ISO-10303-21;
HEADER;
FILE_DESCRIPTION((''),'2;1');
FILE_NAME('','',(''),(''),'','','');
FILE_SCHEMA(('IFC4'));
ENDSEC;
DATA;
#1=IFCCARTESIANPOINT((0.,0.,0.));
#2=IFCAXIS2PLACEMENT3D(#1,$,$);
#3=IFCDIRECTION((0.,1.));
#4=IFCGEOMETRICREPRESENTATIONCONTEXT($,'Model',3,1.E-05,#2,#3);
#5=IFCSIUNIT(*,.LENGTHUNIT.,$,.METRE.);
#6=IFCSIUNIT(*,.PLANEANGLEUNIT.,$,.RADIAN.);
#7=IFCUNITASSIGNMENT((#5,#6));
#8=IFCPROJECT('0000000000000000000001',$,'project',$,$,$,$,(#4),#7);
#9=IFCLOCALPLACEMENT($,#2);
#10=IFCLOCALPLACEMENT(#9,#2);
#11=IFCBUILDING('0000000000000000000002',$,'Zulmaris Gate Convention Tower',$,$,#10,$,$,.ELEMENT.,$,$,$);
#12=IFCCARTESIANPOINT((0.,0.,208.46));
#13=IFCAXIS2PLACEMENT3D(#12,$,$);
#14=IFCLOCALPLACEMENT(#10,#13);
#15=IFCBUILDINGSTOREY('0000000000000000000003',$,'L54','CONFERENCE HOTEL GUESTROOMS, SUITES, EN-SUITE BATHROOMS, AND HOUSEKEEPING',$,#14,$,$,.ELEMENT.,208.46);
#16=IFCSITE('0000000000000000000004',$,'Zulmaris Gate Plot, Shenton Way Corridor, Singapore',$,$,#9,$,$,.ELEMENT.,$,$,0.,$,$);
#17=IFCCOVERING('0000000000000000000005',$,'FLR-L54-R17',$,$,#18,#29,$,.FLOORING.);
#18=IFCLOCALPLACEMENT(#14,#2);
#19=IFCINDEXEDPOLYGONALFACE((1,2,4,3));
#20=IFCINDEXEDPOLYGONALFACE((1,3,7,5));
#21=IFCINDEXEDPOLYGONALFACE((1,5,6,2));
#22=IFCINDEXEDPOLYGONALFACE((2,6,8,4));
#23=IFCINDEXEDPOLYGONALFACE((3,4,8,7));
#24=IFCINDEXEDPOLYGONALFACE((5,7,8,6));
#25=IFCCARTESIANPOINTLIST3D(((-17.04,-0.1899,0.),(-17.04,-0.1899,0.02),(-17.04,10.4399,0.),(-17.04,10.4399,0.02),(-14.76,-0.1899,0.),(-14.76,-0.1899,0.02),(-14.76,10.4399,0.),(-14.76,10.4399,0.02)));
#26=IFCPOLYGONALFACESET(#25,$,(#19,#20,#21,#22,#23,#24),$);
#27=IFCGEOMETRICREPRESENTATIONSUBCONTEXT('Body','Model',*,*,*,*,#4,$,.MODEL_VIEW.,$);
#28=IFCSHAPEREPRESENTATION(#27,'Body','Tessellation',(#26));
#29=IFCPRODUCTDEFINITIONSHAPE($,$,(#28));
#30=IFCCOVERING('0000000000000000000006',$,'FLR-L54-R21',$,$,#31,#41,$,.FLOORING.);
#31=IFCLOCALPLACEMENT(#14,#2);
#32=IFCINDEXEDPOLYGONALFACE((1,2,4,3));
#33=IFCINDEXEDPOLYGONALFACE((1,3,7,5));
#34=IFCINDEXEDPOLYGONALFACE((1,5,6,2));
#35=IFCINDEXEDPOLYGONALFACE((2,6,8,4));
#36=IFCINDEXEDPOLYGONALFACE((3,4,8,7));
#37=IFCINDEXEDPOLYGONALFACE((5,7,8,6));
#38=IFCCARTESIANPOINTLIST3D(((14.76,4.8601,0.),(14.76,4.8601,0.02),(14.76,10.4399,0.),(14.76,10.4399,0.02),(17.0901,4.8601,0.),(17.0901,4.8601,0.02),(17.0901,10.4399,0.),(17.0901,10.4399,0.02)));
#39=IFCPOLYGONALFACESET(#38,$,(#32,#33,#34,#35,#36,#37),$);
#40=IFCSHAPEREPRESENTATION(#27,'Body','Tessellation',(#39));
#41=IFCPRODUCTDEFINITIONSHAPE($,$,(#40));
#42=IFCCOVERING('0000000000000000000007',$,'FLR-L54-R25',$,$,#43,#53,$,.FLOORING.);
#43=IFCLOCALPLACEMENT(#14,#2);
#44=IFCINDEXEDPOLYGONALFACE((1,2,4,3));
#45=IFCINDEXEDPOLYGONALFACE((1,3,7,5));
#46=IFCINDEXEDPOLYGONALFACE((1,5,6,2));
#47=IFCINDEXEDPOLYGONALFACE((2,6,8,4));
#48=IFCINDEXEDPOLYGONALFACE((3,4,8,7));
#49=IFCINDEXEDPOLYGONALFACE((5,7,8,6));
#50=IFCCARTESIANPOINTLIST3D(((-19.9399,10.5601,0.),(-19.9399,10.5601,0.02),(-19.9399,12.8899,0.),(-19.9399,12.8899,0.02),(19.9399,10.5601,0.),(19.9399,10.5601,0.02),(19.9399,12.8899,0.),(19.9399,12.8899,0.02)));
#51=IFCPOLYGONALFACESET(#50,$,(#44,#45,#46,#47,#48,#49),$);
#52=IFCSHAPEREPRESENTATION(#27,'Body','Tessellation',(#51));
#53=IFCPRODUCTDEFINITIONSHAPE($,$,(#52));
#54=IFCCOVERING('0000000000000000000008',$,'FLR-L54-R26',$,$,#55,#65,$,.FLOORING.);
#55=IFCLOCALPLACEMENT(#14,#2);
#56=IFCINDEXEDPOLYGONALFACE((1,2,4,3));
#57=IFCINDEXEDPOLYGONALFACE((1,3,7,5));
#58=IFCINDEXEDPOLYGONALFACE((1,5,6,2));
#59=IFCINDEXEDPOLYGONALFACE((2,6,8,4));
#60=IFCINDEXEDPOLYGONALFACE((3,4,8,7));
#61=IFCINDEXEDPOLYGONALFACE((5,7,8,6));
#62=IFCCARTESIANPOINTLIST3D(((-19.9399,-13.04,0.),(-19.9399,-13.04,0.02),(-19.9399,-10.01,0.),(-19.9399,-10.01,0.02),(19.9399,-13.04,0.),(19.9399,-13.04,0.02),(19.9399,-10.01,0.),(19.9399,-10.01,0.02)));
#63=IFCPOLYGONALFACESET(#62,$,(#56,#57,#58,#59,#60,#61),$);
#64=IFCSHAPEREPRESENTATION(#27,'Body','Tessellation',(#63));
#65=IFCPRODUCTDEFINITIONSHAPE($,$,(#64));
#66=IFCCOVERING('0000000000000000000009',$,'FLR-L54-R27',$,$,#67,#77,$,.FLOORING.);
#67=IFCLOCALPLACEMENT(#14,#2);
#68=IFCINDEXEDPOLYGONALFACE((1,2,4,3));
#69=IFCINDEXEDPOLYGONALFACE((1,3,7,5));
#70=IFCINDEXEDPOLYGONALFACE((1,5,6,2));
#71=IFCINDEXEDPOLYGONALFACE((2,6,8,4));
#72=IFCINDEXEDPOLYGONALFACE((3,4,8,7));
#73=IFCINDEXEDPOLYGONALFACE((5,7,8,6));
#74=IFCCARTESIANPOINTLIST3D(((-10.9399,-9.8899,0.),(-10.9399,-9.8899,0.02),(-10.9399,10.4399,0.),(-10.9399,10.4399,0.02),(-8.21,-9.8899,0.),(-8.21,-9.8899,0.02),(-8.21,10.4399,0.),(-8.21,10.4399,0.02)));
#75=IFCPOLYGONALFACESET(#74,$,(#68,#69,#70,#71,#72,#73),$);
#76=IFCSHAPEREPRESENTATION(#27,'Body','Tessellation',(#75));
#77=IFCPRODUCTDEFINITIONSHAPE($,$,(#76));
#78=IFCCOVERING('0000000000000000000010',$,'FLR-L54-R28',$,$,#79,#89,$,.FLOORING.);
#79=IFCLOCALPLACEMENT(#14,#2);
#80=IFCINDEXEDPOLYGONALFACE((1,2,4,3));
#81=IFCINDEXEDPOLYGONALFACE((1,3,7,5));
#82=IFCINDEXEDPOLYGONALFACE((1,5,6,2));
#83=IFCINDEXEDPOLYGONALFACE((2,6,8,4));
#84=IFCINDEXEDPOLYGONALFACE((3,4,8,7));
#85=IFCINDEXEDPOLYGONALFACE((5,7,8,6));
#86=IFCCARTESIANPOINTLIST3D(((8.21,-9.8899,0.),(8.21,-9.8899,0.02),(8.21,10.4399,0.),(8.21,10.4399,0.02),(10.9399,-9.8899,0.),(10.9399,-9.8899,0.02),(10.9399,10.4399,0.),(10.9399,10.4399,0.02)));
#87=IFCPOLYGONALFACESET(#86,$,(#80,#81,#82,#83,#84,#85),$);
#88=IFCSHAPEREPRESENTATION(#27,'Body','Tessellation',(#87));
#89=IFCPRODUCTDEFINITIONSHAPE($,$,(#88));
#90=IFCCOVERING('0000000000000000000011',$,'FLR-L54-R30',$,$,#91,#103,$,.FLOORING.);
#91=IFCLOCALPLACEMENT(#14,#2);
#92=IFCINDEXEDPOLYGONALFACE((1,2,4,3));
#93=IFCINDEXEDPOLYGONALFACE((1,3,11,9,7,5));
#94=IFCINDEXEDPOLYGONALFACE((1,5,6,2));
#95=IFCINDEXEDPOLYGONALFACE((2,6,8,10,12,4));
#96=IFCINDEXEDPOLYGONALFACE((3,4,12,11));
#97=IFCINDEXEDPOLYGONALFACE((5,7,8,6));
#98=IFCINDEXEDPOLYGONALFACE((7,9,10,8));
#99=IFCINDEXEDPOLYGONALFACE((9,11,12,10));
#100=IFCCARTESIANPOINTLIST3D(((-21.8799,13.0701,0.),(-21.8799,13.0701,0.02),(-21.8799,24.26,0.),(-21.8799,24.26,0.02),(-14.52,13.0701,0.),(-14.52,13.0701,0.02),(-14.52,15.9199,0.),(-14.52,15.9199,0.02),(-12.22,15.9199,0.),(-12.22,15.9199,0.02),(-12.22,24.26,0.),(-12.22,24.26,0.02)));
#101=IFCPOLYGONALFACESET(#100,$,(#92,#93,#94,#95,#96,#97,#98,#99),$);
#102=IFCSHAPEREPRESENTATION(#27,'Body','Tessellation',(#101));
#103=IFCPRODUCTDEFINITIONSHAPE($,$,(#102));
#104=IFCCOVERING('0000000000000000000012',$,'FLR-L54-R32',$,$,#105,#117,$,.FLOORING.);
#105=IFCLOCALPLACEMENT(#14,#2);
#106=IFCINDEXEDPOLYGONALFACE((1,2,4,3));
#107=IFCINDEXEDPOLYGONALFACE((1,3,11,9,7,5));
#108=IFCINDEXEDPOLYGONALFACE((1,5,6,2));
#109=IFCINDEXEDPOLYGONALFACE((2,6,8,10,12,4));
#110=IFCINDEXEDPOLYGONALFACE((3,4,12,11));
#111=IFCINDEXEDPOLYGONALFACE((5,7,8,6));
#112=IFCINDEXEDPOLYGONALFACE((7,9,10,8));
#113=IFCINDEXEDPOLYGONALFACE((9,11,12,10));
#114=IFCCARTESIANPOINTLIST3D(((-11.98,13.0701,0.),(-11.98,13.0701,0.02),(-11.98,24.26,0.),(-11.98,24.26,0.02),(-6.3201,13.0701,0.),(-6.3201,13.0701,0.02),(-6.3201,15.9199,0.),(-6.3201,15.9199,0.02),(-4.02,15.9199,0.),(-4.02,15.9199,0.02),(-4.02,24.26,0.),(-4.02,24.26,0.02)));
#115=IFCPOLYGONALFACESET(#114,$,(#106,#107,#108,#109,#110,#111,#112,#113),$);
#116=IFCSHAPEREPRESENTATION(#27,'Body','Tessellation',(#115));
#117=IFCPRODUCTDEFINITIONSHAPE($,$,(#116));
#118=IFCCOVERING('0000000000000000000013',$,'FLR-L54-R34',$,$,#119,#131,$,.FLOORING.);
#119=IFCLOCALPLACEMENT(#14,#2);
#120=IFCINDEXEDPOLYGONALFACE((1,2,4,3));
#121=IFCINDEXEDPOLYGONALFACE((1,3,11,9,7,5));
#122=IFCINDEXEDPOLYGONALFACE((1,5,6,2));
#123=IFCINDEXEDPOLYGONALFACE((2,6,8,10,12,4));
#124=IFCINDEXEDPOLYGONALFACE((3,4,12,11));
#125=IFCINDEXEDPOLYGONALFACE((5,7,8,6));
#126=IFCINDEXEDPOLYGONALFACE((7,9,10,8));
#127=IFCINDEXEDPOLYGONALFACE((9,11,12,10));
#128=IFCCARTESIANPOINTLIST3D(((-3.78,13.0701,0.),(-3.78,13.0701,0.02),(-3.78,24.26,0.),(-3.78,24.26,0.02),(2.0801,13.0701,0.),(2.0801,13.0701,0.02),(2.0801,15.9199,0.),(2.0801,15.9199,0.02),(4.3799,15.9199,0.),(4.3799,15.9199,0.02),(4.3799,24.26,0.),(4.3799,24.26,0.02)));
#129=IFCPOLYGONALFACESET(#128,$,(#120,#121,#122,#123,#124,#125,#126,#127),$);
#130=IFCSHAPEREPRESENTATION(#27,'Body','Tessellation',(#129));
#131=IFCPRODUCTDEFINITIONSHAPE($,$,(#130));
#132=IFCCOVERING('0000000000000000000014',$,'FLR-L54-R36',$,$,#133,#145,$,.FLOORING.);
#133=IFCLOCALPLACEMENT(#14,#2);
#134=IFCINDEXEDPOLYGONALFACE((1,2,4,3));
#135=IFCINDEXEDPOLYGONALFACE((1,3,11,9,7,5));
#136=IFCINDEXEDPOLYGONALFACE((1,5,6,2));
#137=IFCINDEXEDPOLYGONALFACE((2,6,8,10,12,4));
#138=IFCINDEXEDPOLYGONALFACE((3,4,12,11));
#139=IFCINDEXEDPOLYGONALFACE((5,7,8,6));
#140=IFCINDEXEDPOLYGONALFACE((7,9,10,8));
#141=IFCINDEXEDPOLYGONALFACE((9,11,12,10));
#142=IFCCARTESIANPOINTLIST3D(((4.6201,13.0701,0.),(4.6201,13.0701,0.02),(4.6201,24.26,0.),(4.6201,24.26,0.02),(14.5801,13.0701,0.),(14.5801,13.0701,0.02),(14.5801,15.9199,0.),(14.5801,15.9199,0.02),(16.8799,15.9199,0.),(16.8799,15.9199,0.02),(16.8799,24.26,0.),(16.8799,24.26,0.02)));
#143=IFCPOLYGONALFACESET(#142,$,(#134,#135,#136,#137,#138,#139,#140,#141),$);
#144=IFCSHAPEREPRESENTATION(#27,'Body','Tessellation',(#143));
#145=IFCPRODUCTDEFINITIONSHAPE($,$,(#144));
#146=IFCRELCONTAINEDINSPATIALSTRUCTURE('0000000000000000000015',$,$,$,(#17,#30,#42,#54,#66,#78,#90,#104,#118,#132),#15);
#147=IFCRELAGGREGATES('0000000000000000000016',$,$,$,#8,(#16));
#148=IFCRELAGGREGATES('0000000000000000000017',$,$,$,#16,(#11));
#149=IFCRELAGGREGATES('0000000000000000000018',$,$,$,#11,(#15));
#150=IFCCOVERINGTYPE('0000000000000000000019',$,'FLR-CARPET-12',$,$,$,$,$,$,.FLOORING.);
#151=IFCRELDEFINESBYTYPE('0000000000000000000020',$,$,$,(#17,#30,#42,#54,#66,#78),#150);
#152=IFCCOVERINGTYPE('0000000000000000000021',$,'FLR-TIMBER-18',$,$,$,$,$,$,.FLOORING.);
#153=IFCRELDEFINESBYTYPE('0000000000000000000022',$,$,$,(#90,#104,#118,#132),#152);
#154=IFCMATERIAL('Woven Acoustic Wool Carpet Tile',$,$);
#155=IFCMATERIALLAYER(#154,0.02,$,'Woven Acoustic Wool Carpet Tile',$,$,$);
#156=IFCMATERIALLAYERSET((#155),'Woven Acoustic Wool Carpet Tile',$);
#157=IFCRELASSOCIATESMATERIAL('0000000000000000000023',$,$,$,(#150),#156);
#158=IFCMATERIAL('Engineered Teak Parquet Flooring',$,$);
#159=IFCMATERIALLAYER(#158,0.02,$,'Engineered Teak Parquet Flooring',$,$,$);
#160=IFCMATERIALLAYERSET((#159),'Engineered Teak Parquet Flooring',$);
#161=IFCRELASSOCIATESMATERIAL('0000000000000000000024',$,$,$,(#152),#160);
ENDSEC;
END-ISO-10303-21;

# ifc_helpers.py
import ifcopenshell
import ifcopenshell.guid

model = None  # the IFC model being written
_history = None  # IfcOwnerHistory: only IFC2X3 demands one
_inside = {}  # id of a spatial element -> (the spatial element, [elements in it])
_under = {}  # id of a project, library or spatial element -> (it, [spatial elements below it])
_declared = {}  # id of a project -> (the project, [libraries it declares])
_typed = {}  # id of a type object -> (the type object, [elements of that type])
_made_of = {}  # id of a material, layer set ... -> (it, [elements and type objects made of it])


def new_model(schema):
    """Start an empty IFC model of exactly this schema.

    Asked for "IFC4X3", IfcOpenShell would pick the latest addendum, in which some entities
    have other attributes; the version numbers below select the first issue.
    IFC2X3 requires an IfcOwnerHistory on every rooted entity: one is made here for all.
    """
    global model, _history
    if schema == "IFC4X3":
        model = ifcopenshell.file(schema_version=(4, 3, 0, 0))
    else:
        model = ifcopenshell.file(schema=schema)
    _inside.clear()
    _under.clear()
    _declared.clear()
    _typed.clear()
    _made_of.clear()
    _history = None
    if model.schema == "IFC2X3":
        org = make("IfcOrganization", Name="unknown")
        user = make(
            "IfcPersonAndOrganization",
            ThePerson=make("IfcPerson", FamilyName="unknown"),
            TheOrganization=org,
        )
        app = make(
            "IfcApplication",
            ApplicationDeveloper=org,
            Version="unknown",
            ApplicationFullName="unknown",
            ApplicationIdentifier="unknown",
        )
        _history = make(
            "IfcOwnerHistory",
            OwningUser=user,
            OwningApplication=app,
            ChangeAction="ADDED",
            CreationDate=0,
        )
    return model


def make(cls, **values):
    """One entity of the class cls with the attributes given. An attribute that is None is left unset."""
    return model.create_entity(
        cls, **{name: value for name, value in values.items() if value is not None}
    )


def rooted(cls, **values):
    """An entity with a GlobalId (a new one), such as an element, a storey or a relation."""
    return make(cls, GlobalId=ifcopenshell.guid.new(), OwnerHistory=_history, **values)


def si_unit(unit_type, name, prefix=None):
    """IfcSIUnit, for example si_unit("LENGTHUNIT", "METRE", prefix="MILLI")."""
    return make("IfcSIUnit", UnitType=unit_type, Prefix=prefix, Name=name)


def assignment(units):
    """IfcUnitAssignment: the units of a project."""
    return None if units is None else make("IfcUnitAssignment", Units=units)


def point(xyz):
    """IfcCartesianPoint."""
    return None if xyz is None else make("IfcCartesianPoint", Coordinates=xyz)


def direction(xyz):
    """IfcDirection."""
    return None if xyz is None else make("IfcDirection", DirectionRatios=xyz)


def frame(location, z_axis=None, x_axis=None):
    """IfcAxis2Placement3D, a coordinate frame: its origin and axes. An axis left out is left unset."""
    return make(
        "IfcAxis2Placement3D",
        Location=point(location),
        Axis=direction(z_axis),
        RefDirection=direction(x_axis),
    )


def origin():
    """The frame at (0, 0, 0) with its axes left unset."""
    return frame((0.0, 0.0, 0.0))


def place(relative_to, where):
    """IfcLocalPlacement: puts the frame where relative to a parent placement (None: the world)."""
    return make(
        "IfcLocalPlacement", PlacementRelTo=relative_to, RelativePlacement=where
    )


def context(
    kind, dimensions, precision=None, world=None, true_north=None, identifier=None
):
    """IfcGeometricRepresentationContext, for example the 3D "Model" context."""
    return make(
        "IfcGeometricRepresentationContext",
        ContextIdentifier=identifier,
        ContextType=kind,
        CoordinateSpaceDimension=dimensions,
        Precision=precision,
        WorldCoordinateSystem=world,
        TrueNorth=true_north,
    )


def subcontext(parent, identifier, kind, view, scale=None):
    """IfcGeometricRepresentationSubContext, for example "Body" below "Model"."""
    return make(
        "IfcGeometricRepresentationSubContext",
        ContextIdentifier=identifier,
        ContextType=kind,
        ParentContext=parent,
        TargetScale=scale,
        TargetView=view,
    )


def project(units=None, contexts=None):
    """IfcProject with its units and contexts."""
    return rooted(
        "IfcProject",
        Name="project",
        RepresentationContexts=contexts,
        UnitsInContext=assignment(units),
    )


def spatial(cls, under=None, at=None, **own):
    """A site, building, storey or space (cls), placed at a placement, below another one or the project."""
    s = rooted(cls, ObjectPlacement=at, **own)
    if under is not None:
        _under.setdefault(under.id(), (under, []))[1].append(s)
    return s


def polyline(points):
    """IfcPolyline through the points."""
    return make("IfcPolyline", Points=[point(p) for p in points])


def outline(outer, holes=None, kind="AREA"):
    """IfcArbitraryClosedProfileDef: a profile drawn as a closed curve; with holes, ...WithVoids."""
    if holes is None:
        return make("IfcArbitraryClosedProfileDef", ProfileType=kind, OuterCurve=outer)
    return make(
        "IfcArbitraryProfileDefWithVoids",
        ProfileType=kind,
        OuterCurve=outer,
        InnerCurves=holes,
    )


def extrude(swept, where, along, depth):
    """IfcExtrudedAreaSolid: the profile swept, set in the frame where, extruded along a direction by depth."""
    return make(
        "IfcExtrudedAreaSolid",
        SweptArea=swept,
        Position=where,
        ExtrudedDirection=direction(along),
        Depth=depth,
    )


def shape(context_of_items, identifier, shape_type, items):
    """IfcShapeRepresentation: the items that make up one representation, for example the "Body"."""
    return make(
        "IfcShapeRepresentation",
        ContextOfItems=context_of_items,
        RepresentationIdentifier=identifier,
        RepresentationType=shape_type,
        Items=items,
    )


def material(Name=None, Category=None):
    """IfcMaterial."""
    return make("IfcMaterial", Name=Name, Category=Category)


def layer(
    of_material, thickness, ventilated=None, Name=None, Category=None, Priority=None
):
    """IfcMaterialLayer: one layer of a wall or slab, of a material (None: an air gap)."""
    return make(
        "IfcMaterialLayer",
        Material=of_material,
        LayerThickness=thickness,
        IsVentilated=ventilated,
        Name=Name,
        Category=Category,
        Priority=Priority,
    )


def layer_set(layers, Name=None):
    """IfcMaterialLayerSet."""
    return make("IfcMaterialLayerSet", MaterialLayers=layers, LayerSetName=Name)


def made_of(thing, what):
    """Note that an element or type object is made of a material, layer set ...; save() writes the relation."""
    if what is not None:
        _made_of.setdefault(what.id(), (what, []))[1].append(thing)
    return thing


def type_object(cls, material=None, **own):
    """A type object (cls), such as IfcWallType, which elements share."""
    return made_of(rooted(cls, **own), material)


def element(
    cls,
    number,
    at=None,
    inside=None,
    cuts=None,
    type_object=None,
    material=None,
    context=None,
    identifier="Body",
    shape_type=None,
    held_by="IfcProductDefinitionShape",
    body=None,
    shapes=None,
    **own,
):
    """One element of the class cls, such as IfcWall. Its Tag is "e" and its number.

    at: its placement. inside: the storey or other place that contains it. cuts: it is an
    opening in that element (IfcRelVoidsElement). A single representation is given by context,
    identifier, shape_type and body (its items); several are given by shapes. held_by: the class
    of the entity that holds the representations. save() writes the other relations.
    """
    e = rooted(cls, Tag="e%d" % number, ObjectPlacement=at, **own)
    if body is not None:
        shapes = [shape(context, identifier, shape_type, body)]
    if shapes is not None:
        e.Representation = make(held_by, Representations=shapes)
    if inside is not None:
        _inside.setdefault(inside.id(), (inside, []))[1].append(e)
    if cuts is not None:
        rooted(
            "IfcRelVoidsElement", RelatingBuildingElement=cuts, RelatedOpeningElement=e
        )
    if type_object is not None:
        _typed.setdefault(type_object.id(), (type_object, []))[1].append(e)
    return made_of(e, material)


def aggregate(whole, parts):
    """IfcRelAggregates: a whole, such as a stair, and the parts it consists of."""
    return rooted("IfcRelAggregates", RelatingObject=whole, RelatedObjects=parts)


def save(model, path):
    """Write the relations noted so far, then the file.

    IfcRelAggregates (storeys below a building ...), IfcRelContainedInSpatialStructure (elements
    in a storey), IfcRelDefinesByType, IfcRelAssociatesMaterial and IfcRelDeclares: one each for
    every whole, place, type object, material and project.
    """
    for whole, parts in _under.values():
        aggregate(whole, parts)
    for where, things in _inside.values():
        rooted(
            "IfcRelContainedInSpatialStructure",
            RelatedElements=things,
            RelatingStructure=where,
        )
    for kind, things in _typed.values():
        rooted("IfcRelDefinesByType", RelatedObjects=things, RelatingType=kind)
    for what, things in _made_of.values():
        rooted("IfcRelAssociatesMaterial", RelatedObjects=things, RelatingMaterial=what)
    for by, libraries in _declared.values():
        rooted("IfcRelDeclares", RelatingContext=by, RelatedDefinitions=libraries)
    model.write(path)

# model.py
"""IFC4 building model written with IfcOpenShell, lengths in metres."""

from ifc_helpers import new_model, si_unit, direction, frame, origin, place, context, subcontext, project, spatial, polyline, outline, extrude, material, layer, layer_set, type_object, element, save


model = new_model("IFC4")

# Units and contexts
model_context = context("Model", 3, precision=1e-05, world=origin(), true_north=direction((0.0, 1.0)))
body_context = subcontext(model_context, "Body", "Model", "MODEL_VIEW")
ifc_project = project(units=[si_unit("LENGTHUNIT", "METRE"), si_unit("PLANEANGLEUNIT", "RADIAN")], contexts=[model_context])

# Site, building, storey
site_placement = place(None, origin())
site = spatial("IfcSite", under=ifc_project, at=site_placement, Name="Zulmaris Gate Plot, Shenton Way Corridor, Singapore", CompositionType="ELEMENT", RefElevation=0.0)
building_placement = place(site_placement, origin())
building = spatial("IfcBuilding", under=site, at=building_placement, Name="Zulmaris Gate Convention Tower", CompositionType="ELEMENT")
storey_placement = place(building_placement, frame((0.0, 0.0, 208.46)))
storey = spatial("IfcBuildingStorey", under=building, at=storey_placement, Name="L54", Description="CONFERENCE HOTEL GUESTROOMS, SUITES, EN-SUITE BATHROOMS, AND HOUSEKEEPING", CompositionType="ELEMENT", Elevation=208.46)

# Coverings
ifc_material_1 = material(Name="Woven Acoustic Wool Carpet Tile")
ifc_layer_1 = layer(ifc_material_1, 0.02, Name="Woven Acoustic Wool Carpet Tile")
ifc_layer_set_1 = layer_set([ifc_layer_1], Name="Woven Acoustic Wool Carpet Tile")
covering_type_1 = type_object("IfcCoveringType", Name="FLR-CARPET-12", PredefinedType="FLOORING", material=ifc_layer_set_1)
covering_1_placement = place(storey_placement, origin())
element("IfcCovering", 1, at=covering_1_placement, inside=storey, type_object=covering_type_1, Name="FLR-L54-R17", PredefinedType="FLOORING", context=body_context, shape_type="SweptSolid", body=[
    extrude(outline(polyline([(-17.04, -0.1899), (-14.76, -0.1899), (-14.76, 10.4399), (-17.04, 10.4399), (-17.04, -0.1899)])), origin(), (0.0, 0.0, 1.0), 0.02),
])
covering_2_placement = place(storey_placement, origin())
element("IfcCovering", 2, at=covering_2_placement, inside=storey, type_object=covering_type_1, Name="FLR-L54-R21", PredefinedType="FLOORING", context=body_context, shape_type="SweptSolid", body=[
    extrude(outline(polyline([(14.76, 4.8601), (17.0901, 4.8601), (17.0901, 10.4399), (14.76, 10.4399), (14.76, 4.8601)])), origin(), (0.0, 0.0, 1.0), 0.02),
])
covering_3_placement = place(storey_placement, origin())
element("IfcCovering", 3, at=covering_3_placement, inside=storey, type_object=covering_type_1, Name="FLR-L54-R25", PredefinedType="FLOORING", context=body_context, shape_type="SweptSolid", body=[
    extrude(outline(polyline([(-19.9399, 10.5601), (19.9399, 10.5601), (19.9399, 12.8899), (-19.9399, 12.8899), (-19.9399, 10.5601)])), origin(), (0.0, 0.0, 1.0), 0.02),
])
covering_4_placement = place(storey_placement, origin())
element("IfcCovering", 4, at=covering_4_placement, inside=storey, type_object=covering_type_1, Name="FLR-L54-R26", PredefinedType="FLOORING", context=body_context, shape_type="SweptSolid", body=[
    extrude(outline(polyline([(-19.9399, -13.04), (19.9399, -13.04), (19.9399, -10.01), (-19.9399, -10.01), (-19.9399, -13.04)])), origin(), (0.0, 0.0, 1.0), 0.02),
])
covering_5_placement = place(storey_placement, origin())
element("IfcCovering", 5, at=covering_5_placement, inside=storey, type_object=covering_type_1, Name="FLR-L54-R27", PredefinedType="FLOORING", context=body_context, shape_type="SweptSolid", body=[
    extrude(outline(polyline([(-10.9399, -9.8899), (-8.21, -9.8899), (-8.21, 10.4399), (-10.9399, 10.4399), (-10.9399, -9.8899)])), origin(), (0.0, 0.0, 1.0), 0.02),
])
covering_6_placement = place(storey_placement, origin())
element("IfcCovering", 6, at=covering_6_placement, inside=storey, type_object=covering_type_1, Name="FLR-L54-R28", PredefinedType="FLOORING", context=body_context, shape_type="SweptSolid", body=[
    extrude(outline(polyline([(8.21, -9.8899), (10.9399, -9.8899), (10.9399, 10.4399), (8.21, 10.4399), (8.21, -9.8899)])), origin(), (0.0, 0.0, 1.0), 0.02),
])
ifc_material_2 = material(Name="Engineered Teak Parquet Flooring")
ifc_layer_2 = layer(ifc_material_2, 0.02, Name="Engineered Teak Parquet Flooring")
ifc_layer_set_2 = layer_set([ifc_layer_2], Name="Engineered Teak Parquet Flooring")
covering_type_2 = type_object("IfcCoveringType", Name="FLR-TIMBER-18", PredefinedType="FLOORING", material=ifc_layer_set_2)
covering_7_placement = place(storey_placement, origin())
element("IfcCovering", 7, at=covering_7_placement, inside=storey, type_object=covering_type_2, Name="FLR-L54-R30", PredefinedType="FLOORING", context=body_context, shape_type="SweptSolid", body=[
    extrude(outline(polyline([(-21.8799, 13.0701), (-14.52, 13.0701), (-14.52, 15.9199), (-12.22, 15.9199), (-12.22, 24.26), (-21.8799, 24.26), (-21.8799, 13.0701)])), origin(), (0.0, 0.0, 1.0), 0.02),
])
covering_8_placement = place(storey_placement, origin())
element("IfcCovering", 8, at=covering_8_placement, inside=storey, type_object=covering_type_2, Name="FLR-L54-R32", PredefinedType="FLOORING", context=body_context, shape_type="SweptSolid", body=[
    extrude(outline(polyline([(-11.98, 13.0701), (-6.3201, 13.0701), (-6.3201, 15.9199), (-4.02, 15.9199), (-4.02, 24.26), (-11.98, 24.26), (-11.98, 13.0701)])), origin(), (0.0, 0.0, 1.0), 0.02),
])
covering_9_placement = place(storey_placement, origin())
element("IfcCovering", 9, at=covering_9_placement, inside=storey, type_object=covering_type_2, Name="FLR-L54-R34", PredefinedType="FLOORING", context=body_context, shape_type="SweptSolid", body=[
    extrude(outline(polyline([(-3.78, 13.0701), (2.0801, 13.0701), (2.0801, 15.9199), (4.3799, 15.9199), (4.3799, 24.26), (-3.78, 24.26), (-3.78, 13.0701)])), origin(), (0.0, 0.0, 1.0), 0.02),
])
covering_10_placement = place(storey_placement, origin())
element("IfcCovering", 10, at=covering_10_placement, inside=storey, type_object=covering_type_2, Name="FLR-L54-R36", PredefinedType="FLOORING", context=body_context, shape_type="SweptSolid", body=[
    extrude(outline(polyline([(4.6201, 13.0701), (14.5801, 13.0701), (14.5801, 15.9199), (16.8799, 15.9199), (16.8799, 24.26), (4.6201, 24.26), (4.6201, 13.0701)])), origin(), (0.0, 0.0, 1.0), 0.02),
])

save(model, "model.ifc")
